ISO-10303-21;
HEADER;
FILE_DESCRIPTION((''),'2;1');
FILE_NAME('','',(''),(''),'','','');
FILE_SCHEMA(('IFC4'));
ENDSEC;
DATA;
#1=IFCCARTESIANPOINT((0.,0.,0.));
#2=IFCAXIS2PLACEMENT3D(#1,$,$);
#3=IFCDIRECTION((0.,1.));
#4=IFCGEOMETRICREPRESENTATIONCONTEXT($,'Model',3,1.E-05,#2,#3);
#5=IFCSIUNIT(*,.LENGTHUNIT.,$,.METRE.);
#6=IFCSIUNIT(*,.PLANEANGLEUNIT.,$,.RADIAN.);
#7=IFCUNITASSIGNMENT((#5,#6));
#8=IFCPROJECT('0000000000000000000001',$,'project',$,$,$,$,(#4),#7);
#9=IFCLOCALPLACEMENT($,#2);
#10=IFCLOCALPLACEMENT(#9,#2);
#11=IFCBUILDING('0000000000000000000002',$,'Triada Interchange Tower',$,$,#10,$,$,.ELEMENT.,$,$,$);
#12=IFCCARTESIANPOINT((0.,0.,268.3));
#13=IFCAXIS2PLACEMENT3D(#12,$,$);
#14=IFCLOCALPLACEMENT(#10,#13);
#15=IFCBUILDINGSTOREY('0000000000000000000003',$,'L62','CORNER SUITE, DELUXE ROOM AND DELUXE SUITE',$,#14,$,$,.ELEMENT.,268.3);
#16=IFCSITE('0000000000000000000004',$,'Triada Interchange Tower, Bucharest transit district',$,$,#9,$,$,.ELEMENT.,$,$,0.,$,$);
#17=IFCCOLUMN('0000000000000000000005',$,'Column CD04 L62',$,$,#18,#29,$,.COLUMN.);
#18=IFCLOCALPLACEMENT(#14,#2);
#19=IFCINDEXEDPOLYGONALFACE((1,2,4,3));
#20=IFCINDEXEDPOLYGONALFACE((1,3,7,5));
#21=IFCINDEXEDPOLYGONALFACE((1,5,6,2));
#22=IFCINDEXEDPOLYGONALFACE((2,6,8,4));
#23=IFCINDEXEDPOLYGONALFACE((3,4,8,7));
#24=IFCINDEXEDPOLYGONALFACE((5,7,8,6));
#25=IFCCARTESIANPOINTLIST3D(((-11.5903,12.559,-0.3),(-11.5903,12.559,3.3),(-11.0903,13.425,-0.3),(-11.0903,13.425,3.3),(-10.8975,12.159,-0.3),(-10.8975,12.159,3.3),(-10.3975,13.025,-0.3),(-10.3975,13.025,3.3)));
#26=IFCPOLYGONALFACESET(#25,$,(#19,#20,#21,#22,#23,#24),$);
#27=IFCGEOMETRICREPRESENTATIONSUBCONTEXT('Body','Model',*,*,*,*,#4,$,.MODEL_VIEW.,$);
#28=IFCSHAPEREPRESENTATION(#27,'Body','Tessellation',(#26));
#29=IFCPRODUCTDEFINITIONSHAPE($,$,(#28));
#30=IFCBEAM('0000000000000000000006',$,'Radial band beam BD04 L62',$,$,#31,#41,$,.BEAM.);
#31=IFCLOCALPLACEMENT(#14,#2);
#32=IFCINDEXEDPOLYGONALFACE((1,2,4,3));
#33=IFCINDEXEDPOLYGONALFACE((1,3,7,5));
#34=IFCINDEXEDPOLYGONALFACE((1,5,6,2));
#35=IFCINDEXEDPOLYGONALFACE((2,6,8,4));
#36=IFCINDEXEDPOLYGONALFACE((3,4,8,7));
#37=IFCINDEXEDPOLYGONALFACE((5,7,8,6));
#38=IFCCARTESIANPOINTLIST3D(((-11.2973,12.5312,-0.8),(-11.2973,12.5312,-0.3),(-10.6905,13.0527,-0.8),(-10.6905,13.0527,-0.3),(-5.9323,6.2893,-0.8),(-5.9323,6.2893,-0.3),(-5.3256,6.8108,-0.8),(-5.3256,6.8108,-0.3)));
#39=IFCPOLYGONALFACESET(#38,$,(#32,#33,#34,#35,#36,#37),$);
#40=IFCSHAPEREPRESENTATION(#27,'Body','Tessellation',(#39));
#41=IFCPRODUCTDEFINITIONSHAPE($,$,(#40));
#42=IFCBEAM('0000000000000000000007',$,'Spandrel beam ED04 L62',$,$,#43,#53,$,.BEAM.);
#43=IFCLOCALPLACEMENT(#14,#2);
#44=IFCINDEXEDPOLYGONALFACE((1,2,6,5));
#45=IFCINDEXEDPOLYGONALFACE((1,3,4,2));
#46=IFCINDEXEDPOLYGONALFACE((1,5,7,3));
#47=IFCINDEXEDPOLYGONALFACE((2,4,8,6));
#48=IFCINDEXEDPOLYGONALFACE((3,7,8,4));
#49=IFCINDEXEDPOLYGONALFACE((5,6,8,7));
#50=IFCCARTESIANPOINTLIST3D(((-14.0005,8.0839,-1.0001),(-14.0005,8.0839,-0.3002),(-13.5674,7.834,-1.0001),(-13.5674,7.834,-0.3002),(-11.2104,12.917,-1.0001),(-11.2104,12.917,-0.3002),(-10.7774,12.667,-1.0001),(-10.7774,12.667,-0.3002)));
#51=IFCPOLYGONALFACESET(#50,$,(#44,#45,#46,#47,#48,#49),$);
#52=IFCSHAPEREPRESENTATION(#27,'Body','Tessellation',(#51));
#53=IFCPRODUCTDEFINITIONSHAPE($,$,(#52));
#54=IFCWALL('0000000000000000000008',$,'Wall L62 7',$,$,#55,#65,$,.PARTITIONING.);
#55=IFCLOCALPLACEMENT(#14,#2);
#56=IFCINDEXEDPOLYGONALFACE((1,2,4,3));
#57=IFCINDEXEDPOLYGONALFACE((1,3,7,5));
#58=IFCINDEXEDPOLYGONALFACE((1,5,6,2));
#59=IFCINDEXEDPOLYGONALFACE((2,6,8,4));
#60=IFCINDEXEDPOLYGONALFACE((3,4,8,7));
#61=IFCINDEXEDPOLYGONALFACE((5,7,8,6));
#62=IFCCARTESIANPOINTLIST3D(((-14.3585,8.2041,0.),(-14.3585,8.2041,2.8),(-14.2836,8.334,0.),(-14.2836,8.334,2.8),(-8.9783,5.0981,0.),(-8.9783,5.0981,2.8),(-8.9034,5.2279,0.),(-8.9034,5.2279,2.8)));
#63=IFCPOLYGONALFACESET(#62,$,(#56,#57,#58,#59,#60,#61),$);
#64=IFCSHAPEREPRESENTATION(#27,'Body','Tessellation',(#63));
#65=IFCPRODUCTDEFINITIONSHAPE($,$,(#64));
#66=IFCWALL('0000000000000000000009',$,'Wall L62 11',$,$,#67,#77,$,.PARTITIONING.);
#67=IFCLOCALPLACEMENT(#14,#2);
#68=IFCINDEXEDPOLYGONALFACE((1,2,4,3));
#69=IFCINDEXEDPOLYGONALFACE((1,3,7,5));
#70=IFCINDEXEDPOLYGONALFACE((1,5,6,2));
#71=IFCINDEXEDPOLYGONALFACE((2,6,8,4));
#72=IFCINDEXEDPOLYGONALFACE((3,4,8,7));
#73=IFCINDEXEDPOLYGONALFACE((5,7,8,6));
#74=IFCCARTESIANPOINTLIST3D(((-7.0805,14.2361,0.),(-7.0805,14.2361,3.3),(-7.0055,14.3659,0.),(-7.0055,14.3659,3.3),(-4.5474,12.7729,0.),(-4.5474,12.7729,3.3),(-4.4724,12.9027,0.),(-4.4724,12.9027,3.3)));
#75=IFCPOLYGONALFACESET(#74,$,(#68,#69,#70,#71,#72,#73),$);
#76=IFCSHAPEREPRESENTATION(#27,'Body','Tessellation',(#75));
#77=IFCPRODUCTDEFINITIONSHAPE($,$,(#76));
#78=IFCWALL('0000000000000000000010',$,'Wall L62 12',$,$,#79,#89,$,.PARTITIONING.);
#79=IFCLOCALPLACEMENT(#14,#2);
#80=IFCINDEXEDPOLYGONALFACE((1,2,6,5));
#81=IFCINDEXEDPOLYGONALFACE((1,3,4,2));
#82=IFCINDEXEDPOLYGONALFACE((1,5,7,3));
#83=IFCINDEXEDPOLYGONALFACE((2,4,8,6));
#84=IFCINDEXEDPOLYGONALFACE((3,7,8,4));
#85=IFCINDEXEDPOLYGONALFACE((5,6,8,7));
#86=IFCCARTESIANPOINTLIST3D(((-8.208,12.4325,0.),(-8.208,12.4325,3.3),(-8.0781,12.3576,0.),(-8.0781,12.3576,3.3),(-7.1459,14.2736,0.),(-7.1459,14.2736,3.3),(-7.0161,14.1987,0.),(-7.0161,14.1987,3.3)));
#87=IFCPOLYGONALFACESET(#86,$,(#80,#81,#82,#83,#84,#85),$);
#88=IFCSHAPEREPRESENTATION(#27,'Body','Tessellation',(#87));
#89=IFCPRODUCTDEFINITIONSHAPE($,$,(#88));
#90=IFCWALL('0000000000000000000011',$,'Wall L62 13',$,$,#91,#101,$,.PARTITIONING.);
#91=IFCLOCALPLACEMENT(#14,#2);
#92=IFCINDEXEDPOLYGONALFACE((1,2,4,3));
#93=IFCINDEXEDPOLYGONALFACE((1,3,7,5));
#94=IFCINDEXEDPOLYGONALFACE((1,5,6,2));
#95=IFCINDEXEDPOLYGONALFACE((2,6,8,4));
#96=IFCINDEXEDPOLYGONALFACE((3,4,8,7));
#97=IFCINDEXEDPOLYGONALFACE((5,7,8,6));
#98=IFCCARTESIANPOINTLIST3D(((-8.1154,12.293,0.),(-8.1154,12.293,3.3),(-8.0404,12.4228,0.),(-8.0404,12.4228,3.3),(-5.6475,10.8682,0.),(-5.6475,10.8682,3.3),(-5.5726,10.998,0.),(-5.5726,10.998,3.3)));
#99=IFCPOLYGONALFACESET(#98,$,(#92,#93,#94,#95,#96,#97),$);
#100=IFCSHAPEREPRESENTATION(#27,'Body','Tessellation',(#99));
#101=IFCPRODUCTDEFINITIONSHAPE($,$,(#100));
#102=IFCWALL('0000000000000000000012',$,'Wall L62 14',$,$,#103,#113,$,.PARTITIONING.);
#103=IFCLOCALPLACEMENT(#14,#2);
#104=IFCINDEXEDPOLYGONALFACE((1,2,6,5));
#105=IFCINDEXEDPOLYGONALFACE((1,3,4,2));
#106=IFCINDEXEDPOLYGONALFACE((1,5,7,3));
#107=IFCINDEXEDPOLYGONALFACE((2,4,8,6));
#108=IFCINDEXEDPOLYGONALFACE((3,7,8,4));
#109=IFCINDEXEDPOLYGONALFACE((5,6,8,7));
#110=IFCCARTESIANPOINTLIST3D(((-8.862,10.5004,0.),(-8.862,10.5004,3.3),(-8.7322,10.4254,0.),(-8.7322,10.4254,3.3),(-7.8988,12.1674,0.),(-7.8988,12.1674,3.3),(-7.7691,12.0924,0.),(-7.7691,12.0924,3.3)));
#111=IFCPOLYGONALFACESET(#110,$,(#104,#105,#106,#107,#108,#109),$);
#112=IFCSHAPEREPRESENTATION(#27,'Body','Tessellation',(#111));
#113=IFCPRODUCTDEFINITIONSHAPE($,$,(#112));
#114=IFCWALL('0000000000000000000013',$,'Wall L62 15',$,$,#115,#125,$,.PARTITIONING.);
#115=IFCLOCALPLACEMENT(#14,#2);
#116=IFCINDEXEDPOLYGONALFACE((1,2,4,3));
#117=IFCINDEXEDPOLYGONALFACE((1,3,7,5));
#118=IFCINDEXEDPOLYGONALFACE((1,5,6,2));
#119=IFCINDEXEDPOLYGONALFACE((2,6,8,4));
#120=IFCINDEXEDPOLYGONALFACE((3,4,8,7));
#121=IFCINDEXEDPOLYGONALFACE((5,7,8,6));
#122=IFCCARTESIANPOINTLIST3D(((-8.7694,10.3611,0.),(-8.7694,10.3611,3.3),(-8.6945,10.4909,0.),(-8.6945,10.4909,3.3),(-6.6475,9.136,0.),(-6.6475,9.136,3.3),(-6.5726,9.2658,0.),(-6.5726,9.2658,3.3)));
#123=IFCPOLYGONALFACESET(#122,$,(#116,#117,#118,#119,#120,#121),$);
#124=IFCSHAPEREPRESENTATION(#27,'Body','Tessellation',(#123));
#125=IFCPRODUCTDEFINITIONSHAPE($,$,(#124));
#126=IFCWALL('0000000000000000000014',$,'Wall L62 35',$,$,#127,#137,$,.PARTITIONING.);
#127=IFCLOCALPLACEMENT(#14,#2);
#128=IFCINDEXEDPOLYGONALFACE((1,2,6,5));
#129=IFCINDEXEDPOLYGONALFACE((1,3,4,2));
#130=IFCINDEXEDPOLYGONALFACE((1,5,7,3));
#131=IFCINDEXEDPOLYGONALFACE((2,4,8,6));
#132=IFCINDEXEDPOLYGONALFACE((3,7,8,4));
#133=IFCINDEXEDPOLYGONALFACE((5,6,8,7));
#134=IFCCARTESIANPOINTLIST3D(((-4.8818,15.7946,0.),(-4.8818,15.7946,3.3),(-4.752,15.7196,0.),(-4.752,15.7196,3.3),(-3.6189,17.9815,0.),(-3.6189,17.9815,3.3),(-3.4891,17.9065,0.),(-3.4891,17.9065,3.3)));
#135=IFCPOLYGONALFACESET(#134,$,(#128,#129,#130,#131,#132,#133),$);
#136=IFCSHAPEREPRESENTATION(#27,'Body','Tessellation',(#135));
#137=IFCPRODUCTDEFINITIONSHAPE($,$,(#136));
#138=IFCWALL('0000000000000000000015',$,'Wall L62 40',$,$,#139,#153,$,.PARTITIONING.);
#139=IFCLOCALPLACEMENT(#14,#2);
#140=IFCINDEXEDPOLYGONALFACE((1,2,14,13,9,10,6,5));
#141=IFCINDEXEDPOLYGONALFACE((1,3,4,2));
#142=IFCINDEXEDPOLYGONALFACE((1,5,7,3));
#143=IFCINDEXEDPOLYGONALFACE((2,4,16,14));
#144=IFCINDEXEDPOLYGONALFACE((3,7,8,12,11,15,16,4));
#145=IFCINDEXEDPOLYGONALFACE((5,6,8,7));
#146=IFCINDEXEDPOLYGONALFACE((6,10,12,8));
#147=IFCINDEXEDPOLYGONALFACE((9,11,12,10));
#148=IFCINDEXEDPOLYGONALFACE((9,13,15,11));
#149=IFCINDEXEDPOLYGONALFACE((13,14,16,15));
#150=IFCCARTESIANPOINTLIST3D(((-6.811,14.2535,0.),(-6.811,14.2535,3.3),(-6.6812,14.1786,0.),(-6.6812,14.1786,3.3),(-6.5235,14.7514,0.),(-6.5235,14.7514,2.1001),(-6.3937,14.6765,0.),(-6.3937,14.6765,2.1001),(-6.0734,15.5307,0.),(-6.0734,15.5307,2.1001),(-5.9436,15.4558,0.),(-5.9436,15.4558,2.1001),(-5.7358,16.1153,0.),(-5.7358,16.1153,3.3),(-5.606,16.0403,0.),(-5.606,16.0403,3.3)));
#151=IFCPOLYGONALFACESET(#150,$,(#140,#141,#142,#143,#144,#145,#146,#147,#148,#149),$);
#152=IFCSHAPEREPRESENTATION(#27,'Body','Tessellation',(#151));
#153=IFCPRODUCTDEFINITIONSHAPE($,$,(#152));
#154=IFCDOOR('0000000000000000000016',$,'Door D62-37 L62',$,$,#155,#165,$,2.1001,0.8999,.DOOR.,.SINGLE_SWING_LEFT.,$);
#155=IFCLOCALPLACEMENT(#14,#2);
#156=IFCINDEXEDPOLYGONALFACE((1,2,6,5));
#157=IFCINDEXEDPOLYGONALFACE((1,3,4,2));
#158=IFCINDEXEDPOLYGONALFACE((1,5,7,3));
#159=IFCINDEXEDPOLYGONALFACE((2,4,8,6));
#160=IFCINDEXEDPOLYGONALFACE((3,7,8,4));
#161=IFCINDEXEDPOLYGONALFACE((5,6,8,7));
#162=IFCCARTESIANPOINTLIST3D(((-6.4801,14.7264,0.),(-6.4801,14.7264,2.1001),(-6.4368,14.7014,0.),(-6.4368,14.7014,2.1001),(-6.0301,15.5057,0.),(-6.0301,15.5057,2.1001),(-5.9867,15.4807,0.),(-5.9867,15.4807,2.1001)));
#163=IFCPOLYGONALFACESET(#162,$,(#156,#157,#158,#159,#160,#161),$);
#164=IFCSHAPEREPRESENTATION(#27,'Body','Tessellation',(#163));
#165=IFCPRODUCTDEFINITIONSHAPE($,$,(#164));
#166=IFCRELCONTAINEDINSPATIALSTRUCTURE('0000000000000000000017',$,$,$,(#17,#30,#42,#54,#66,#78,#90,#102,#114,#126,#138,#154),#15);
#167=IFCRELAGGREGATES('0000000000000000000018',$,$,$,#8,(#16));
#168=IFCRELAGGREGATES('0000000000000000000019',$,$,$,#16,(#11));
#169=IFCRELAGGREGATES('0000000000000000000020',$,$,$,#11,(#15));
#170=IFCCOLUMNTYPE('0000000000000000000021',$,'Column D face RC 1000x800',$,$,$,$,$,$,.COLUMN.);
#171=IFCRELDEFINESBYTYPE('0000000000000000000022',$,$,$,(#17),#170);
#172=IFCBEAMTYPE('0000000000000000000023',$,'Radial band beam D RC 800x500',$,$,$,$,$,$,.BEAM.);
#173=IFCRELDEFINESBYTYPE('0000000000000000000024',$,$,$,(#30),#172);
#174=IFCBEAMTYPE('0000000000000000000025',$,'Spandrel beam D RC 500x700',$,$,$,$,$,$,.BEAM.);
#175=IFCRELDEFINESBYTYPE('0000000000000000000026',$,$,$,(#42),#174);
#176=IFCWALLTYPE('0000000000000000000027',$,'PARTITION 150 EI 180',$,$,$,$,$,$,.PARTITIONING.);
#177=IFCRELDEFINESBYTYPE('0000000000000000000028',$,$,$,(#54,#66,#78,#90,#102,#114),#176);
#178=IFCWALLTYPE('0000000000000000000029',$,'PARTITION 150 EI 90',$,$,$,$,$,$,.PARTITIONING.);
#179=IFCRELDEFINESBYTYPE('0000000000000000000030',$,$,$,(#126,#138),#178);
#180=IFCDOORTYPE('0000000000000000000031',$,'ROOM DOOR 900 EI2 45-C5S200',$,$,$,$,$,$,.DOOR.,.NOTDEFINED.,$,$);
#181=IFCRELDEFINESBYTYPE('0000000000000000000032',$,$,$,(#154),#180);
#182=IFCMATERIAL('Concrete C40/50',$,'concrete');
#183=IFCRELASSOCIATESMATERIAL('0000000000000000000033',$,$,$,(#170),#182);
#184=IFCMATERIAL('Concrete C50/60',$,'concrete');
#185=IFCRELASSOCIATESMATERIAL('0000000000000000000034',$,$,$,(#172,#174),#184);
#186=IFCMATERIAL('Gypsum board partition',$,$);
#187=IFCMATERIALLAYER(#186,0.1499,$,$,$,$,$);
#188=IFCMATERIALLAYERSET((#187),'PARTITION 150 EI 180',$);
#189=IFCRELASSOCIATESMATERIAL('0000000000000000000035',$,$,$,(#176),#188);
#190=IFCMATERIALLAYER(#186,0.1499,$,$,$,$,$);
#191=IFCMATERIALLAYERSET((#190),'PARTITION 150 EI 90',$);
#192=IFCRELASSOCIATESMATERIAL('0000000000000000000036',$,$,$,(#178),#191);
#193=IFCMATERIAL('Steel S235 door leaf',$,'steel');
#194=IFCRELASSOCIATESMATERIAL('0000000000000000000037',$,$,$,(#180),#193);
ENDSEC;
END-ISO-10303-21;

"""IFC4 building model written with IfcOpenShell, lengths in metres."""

from ifc_helpers import new_model, si_unit, direction, frame, frame_2d, origin, origin_2d, place, context, subcontext, project, spatial, rectangle, extrude, material, layer, layer_set, material_profile, profile_set, type_object, element, fill, save


model = new_model("IFC4")

# Units and contexts
model_context = context("Model", 3, precision=1e-05, world=origin(), true_north=direction((0.0, 1.0)))
body_context = subcontext(model_context, "Body", "Model", "MODEL_VIEW")
ifc_project = project(units=[si_unit("LENGTHUNIT", "METRE"), si_unit("PLANEANGLEUNIT", "RADIAN")], contexts=[model_context])

# Site, building, storey
site_placement = place(None, origin())
site = spatial("IfcSite", under=ifc_project, at=site_placement, Name="Triada Interchange Tower, Bucharest transit district", CompositionType="ELEMENT", RefElevation=0.0)
building_placement = place(site_placement, origin())
building = spatial("IfcBuilding", under=site, at=building_placement, Name="Triada Interchange Tower", CompositionType="ELEMENT")
storey_placement = place(building_placement, frame((0.0, 0.0, 268.3)))
storey = spatial("IfcBuildingStorey", under=building, at=storey_placement, Name="L62", Description="CORNER SUITE, DELUXE ROOM AND DELUXE SUITE", CompositionType="ELEMENT", Elevation=268.3)

# Column
ifc_material_1 = material(Name="Concrete C40/50", Category="concrete")
ifc_material_profile_1 = material_profile(ifc_material_1, rectangle(XDim=1.0, YDim=0.8, at=origin_2d()), Name="RC 1000x800")
ifc_profile_set_1 = profile_set([ifc_material_profile_1], Name="Concrete C40/50")
column_type = type_object("IfcColumnType", Name="Column D face RC 1000x800", PredefinedType="COLUMN", material=ifc_profile_set_1)
column_placement = place(storey_placement, frame((-10.9939, 12.792, -0.3), z_axis=(0.0, 0.0, 1.0), x_axis=(0.5, 0.866025, 0.0)))
element("IfcColumn", 1, at=column_placement, inside=storey, type_object=column_type, Name="Column CD04 L62", PredefinedType="COLUMN", context=body_context, shape_type="SweptSolid", body=[
    extrude(rectangle(XDim=1.0, YDim=0.8, at=origin_2d()), origin(), (0.0, 0.0, 1.0), 3.6001),
])

# Beams
ifc_material_2 = material(Name="Concrete C50/60", Category="concrete")
ifc_material_profile_2 = material_profile(ifc_material_2, rectangle(XDim=0.8, YDim=0.5, at=origin_2d()), Name="RC 800x500")
ifc_profile_set_2 = profile_set([ifc_material_profile_2], Name="Concrete C50/60")
beam_type_1 = type_object("IfcBeamType", Name="Radial band beam D RC 800x500", PredefinedType="BEAM", material=ifc_profile_set_2)
beam_1_placement = place(storey_placement, frame((-10.9939, 12.792, -0.55), z_axis=(0.651824, -0.75837, 0.0), x_axis=(0.75837, 0.651824, 0.0)))
element("IfcBeam", 2, at=beam_1_placement, inside=storey, type_object=beam_type_1, Name="Radial band beam BD04 L62", PredefinedType="BEAM", context=body_context, shape_type="SweptSolid", body=[
    extrude(rectangle(XDim=0.8, YDim=0.5, at=origin_2d()), origin(), (0.0, 0.0, 1.0), 8.2307),
])
ifc_material_profile_3 = material_profile(ifc_material_2, rectangle(XDim=0.5, YDim=0.7, at=origin_2d()), Name="RC 500x700")
ifc_profile_set_3 = profile_set([ifc_material_profile_3], Name="Concrete C50/60")
beam_type_2 = type_object("IfcBeamType", Name="Spandrel beam D RC 500x700", PredefinedType="BEAM", material=ifc_profile_set_3)
beam_2_placement = place(storey_placement, frame((-10.9939, 12.792, -0.6501), z_axis=(-0.49996, -0.866049, 0.0), x_axis=(0.866049, -0.49996, 0.0)))
element("IfcBeam", 3, at=beam_2_placement, inside=storey, type_object=beam_type_2, Name="Spandrel beam ED04 L62", PredefinedType="BEAM", context=body_context, shape_type="SweptSolid", body=[
    extrude(rectangle(XDim=0.5, YDim=0.7, at=origin_2d()), origin(), (0.0, 0.0, 1.0), 5.5806),
])

# Shared definitions
ifc_material_3 = material(Name="Steel S235 door leaf", Category="steel")

# Walls
ifc_material_4 = material(Name="Gypsum board partition")
ifc_layer_1 = layer(ifc_material_4, 0.1499)
ifc_layer_set_1 = layer_set([ifc_layer_1], Name="PARTITION 150 EI 180")
wall_type_1 = type_object("IfcWallType", Name="PARTITION 150 EI 180", PredefinedType="PARTITIONING", material=ifc_layer_set_1)
wall_1_placement = place(storey_placement, frame((-14.321, 8.269, 0.0), z_axis=(0.0, 0.0, 1.0), x_axis=(0.866044, -0.499969, 0.0)))
element("IfcWall", 4, at=wall_1_placement, inside=storey, type_object=wall_type_1, Name="Wall L62 7", PredefinedType="PARTITIONING", context=body_context, shape_type="SweptSolid", body=[
    extrude(rectangle(XDim=6.2124, YDim=0.1499, at=frame_2d((3.1062, 0.0))), origin(), (0.0, 0.0, 1.0), 2.8),
])
wall_2_placement = place(storey_placement, frame((-7.043, 14.301, 0.0), z_axis=(0.0, 0.0, 1.0), x_axis=(0.865917, -0.500187, 0.0)))
element("IfcWall", 5, at=wall_2_placement, inside=storey, type_object=wall_type_1, Name="Wall L62 11", PredefinedType="PARTITIONING", context=body_context, shape_type="SweptSolid", body=[
    extrude(rectangle(XDim=2.9253, YDim=0.1499, at=frame_2d((1.4626, 0.0))), origin(), (0.0, 0.0, 1.0), 3.3),
])
wall_3_placement = place(storey_placement, frame((-8.1431, 12.395, 0.0), z_axis=(0.0, 0.0, 1.0), x_axis=(0.499673, 0.866214, 0.0)))
element("IfcWall", 6, at=wall_3_placement, inside=storey, type_object=wall_type_1, Name="Wall L62 12", PredefinedType="PARTITIONING", context=body_context, shape_type="SweptSolid", body=[
    extrude(rectangle(XDim=2.1255, YDim=0.1499, at=frame_2d((1.0627, 0.0))), origin(), (0.0, 0.0, 1.0), 3.3),
])
wall_4_placement = place(storey_placement, frame((-8.0779, 12.3579, 0.0), z_axis=(0.0, 0.0, 1.0), x_axis=(0.86602, -0.500009, 0.0)))
element("IfcWall", 7, at=wall_4_placement, inside=storey, type_object=wall_type_1, Name="Wall L62 13", PredefinedType="PARTITIONING", context=body_context, shape_type="SweptSolid", body=[
    extrude(rectangle(XDim=2.8496, YDim=0.1499, at=frame_2d((1.4248, 0.0))), origin(), (0.0, 0.0, 1.0), 3.3),
])
wall_5_placement = place(storey_placement, frame((-8.7971, 10.4629, 0.0), z_axis=(0.0, 0.0, 1.0), x_axis=(0.500271, 0.865869, 0.0)))
element("IfcWall", 8, at=wall_5_placement, inside=storey, type_object=wall_type_1, Name="Wall L62 14", PredefinedType="PARTITIONING", context=body_context, shape_type="SweptSolid", body=[
    extrude(rectangle(XDim=1.9253, YDim=0.1499, at=frame_2d((0.9626, 0.0))), origin(), (0.0, 0.0, 1.0), 3.3),
])
wall_6_placement = place(storey_placement, frame((-8.7319, 10.426, 0.0), z_axis=(0.0, 0.0, 1.0), x_axis=(0.866015, -0.500019, 0.0)))
element("IfcWall", 9, at=wall_6_placement, inside=storey, type_object=wall_type_1, Name="Wall L62 15", PredefinedType="PARTITIONING", context=body_context, shape_type="SweptSolid", body=[
    extrude(rectangle(XDim=2.4502, YDim=0.1499, at=frame_2d((1.2251, 0.0))), origin(), (0.0, 0.0, 1.0), 3.3),
])
ifc_layer_2 = layer(ifc_material_4, 0.1499)
ifc_layer_set_2 = layer_set([ifc_layer_2], Name="PARTITION 150 EI 90")
wall_type_2 = type_object("IfcWallType", Name="PARTITION 150 EI 90", PredefinedType="PARTITIONING", material=ifc_layer_set_2)
wall_7_placement = place(storey_placement, frame((-4.8169, 15.7571, 0.0), z_axis=(0.0, 0.0, 1.0), x_axis=(0.500079, 0.86598, 0.0)))
element("IfcWall", 10, at=wall_7_placement, inside=storey, type_object=wall_type_2, Name="Wall L62 35", PredefinedType="PARTITIONING", context=body_context, shape_type="SweptSolid", body=[
    extrude(rectangle(XDim=2.5254, YDim=0.1499, at=frame_2d((1.2627, 0.0))), origin(), (0.0, 0.0, 1.0), 3.3),
])

# Wall, opening, door
wall_8_placement = place(storey_placement, frame((-6.7461, 14.2161, 0.0), z_axis=(0.0, 0.0, 1.0), x_axis=(0.500096, 0.86597, 0.0)))
wall_8 = element("IfcWall", 11, at=wall_8_placement, inside=storey, type_object=wall_type_2, Name="Wall L62 40", PredefinedType="PARTITIONING", context=body_context, shape_type="SweptSolid", body=[
    extrude(rectangle(XDim=2.1499, YDim=0.1499, at=frame_2d((1.075, 0.0))), origin(), (0.0, 0.0, 1.0), 3.3),
])
opening_1_placement = place(wall_8_placement, frame((0.575, 0.0, 0.0)))
opening_1 = element("IfcOpeningElement", 12, at=opening_1_placement, cuts=wall_8, PredefinedType="OPENING", context=body_context, shape_type="SweptSolid", body=[
    extrude(rectangle(XDim=0.8999, YDim=2.1001, at=frame_2d((0.45, 1.05))), frame((0.0, 0.085, 0.0), z_axis=(0.0, -1.0, 0.0), x_axis=(1.0, 0.0, 0.0)), (0.0, 0.0, 1.0), 0.1699),
])
door_type_1 = type_object("IfcDoorType", Name="ROOM DOOR 900 EI2 45-C5S200", OperationType="NOTDEFINED", PredefinedType="DOOR", material=ifc_material_3)
door_1_placement = place(opening_1_placement, origin())
door_1 = element("IfcDoor", 13, at=door_1_placement, inside=storey, type_object=door_type_1, Name="Door D62-37 L62", OperationType="SINGLE_SWING_LEFT", OverallHeight=2.1001, OverallWidth=0.8999, PredefinedType="DOOR", context=body_context, shape_type="SweptSolid", body=[
    extrude(rectangle(XDim=0.8999, YDim=2.1001, at=frame_2d((0.45, 1.05))), frame((0.0, 0.0249, 0.0), z_axis=(0.0, -1.0, 0.0), x_axis=(1.0, 0.0, 0.0)), (0.0, 0.0, 1.0), 0.05),
])
fill(opening_1, door_1)

save(model, "model.ifc")
